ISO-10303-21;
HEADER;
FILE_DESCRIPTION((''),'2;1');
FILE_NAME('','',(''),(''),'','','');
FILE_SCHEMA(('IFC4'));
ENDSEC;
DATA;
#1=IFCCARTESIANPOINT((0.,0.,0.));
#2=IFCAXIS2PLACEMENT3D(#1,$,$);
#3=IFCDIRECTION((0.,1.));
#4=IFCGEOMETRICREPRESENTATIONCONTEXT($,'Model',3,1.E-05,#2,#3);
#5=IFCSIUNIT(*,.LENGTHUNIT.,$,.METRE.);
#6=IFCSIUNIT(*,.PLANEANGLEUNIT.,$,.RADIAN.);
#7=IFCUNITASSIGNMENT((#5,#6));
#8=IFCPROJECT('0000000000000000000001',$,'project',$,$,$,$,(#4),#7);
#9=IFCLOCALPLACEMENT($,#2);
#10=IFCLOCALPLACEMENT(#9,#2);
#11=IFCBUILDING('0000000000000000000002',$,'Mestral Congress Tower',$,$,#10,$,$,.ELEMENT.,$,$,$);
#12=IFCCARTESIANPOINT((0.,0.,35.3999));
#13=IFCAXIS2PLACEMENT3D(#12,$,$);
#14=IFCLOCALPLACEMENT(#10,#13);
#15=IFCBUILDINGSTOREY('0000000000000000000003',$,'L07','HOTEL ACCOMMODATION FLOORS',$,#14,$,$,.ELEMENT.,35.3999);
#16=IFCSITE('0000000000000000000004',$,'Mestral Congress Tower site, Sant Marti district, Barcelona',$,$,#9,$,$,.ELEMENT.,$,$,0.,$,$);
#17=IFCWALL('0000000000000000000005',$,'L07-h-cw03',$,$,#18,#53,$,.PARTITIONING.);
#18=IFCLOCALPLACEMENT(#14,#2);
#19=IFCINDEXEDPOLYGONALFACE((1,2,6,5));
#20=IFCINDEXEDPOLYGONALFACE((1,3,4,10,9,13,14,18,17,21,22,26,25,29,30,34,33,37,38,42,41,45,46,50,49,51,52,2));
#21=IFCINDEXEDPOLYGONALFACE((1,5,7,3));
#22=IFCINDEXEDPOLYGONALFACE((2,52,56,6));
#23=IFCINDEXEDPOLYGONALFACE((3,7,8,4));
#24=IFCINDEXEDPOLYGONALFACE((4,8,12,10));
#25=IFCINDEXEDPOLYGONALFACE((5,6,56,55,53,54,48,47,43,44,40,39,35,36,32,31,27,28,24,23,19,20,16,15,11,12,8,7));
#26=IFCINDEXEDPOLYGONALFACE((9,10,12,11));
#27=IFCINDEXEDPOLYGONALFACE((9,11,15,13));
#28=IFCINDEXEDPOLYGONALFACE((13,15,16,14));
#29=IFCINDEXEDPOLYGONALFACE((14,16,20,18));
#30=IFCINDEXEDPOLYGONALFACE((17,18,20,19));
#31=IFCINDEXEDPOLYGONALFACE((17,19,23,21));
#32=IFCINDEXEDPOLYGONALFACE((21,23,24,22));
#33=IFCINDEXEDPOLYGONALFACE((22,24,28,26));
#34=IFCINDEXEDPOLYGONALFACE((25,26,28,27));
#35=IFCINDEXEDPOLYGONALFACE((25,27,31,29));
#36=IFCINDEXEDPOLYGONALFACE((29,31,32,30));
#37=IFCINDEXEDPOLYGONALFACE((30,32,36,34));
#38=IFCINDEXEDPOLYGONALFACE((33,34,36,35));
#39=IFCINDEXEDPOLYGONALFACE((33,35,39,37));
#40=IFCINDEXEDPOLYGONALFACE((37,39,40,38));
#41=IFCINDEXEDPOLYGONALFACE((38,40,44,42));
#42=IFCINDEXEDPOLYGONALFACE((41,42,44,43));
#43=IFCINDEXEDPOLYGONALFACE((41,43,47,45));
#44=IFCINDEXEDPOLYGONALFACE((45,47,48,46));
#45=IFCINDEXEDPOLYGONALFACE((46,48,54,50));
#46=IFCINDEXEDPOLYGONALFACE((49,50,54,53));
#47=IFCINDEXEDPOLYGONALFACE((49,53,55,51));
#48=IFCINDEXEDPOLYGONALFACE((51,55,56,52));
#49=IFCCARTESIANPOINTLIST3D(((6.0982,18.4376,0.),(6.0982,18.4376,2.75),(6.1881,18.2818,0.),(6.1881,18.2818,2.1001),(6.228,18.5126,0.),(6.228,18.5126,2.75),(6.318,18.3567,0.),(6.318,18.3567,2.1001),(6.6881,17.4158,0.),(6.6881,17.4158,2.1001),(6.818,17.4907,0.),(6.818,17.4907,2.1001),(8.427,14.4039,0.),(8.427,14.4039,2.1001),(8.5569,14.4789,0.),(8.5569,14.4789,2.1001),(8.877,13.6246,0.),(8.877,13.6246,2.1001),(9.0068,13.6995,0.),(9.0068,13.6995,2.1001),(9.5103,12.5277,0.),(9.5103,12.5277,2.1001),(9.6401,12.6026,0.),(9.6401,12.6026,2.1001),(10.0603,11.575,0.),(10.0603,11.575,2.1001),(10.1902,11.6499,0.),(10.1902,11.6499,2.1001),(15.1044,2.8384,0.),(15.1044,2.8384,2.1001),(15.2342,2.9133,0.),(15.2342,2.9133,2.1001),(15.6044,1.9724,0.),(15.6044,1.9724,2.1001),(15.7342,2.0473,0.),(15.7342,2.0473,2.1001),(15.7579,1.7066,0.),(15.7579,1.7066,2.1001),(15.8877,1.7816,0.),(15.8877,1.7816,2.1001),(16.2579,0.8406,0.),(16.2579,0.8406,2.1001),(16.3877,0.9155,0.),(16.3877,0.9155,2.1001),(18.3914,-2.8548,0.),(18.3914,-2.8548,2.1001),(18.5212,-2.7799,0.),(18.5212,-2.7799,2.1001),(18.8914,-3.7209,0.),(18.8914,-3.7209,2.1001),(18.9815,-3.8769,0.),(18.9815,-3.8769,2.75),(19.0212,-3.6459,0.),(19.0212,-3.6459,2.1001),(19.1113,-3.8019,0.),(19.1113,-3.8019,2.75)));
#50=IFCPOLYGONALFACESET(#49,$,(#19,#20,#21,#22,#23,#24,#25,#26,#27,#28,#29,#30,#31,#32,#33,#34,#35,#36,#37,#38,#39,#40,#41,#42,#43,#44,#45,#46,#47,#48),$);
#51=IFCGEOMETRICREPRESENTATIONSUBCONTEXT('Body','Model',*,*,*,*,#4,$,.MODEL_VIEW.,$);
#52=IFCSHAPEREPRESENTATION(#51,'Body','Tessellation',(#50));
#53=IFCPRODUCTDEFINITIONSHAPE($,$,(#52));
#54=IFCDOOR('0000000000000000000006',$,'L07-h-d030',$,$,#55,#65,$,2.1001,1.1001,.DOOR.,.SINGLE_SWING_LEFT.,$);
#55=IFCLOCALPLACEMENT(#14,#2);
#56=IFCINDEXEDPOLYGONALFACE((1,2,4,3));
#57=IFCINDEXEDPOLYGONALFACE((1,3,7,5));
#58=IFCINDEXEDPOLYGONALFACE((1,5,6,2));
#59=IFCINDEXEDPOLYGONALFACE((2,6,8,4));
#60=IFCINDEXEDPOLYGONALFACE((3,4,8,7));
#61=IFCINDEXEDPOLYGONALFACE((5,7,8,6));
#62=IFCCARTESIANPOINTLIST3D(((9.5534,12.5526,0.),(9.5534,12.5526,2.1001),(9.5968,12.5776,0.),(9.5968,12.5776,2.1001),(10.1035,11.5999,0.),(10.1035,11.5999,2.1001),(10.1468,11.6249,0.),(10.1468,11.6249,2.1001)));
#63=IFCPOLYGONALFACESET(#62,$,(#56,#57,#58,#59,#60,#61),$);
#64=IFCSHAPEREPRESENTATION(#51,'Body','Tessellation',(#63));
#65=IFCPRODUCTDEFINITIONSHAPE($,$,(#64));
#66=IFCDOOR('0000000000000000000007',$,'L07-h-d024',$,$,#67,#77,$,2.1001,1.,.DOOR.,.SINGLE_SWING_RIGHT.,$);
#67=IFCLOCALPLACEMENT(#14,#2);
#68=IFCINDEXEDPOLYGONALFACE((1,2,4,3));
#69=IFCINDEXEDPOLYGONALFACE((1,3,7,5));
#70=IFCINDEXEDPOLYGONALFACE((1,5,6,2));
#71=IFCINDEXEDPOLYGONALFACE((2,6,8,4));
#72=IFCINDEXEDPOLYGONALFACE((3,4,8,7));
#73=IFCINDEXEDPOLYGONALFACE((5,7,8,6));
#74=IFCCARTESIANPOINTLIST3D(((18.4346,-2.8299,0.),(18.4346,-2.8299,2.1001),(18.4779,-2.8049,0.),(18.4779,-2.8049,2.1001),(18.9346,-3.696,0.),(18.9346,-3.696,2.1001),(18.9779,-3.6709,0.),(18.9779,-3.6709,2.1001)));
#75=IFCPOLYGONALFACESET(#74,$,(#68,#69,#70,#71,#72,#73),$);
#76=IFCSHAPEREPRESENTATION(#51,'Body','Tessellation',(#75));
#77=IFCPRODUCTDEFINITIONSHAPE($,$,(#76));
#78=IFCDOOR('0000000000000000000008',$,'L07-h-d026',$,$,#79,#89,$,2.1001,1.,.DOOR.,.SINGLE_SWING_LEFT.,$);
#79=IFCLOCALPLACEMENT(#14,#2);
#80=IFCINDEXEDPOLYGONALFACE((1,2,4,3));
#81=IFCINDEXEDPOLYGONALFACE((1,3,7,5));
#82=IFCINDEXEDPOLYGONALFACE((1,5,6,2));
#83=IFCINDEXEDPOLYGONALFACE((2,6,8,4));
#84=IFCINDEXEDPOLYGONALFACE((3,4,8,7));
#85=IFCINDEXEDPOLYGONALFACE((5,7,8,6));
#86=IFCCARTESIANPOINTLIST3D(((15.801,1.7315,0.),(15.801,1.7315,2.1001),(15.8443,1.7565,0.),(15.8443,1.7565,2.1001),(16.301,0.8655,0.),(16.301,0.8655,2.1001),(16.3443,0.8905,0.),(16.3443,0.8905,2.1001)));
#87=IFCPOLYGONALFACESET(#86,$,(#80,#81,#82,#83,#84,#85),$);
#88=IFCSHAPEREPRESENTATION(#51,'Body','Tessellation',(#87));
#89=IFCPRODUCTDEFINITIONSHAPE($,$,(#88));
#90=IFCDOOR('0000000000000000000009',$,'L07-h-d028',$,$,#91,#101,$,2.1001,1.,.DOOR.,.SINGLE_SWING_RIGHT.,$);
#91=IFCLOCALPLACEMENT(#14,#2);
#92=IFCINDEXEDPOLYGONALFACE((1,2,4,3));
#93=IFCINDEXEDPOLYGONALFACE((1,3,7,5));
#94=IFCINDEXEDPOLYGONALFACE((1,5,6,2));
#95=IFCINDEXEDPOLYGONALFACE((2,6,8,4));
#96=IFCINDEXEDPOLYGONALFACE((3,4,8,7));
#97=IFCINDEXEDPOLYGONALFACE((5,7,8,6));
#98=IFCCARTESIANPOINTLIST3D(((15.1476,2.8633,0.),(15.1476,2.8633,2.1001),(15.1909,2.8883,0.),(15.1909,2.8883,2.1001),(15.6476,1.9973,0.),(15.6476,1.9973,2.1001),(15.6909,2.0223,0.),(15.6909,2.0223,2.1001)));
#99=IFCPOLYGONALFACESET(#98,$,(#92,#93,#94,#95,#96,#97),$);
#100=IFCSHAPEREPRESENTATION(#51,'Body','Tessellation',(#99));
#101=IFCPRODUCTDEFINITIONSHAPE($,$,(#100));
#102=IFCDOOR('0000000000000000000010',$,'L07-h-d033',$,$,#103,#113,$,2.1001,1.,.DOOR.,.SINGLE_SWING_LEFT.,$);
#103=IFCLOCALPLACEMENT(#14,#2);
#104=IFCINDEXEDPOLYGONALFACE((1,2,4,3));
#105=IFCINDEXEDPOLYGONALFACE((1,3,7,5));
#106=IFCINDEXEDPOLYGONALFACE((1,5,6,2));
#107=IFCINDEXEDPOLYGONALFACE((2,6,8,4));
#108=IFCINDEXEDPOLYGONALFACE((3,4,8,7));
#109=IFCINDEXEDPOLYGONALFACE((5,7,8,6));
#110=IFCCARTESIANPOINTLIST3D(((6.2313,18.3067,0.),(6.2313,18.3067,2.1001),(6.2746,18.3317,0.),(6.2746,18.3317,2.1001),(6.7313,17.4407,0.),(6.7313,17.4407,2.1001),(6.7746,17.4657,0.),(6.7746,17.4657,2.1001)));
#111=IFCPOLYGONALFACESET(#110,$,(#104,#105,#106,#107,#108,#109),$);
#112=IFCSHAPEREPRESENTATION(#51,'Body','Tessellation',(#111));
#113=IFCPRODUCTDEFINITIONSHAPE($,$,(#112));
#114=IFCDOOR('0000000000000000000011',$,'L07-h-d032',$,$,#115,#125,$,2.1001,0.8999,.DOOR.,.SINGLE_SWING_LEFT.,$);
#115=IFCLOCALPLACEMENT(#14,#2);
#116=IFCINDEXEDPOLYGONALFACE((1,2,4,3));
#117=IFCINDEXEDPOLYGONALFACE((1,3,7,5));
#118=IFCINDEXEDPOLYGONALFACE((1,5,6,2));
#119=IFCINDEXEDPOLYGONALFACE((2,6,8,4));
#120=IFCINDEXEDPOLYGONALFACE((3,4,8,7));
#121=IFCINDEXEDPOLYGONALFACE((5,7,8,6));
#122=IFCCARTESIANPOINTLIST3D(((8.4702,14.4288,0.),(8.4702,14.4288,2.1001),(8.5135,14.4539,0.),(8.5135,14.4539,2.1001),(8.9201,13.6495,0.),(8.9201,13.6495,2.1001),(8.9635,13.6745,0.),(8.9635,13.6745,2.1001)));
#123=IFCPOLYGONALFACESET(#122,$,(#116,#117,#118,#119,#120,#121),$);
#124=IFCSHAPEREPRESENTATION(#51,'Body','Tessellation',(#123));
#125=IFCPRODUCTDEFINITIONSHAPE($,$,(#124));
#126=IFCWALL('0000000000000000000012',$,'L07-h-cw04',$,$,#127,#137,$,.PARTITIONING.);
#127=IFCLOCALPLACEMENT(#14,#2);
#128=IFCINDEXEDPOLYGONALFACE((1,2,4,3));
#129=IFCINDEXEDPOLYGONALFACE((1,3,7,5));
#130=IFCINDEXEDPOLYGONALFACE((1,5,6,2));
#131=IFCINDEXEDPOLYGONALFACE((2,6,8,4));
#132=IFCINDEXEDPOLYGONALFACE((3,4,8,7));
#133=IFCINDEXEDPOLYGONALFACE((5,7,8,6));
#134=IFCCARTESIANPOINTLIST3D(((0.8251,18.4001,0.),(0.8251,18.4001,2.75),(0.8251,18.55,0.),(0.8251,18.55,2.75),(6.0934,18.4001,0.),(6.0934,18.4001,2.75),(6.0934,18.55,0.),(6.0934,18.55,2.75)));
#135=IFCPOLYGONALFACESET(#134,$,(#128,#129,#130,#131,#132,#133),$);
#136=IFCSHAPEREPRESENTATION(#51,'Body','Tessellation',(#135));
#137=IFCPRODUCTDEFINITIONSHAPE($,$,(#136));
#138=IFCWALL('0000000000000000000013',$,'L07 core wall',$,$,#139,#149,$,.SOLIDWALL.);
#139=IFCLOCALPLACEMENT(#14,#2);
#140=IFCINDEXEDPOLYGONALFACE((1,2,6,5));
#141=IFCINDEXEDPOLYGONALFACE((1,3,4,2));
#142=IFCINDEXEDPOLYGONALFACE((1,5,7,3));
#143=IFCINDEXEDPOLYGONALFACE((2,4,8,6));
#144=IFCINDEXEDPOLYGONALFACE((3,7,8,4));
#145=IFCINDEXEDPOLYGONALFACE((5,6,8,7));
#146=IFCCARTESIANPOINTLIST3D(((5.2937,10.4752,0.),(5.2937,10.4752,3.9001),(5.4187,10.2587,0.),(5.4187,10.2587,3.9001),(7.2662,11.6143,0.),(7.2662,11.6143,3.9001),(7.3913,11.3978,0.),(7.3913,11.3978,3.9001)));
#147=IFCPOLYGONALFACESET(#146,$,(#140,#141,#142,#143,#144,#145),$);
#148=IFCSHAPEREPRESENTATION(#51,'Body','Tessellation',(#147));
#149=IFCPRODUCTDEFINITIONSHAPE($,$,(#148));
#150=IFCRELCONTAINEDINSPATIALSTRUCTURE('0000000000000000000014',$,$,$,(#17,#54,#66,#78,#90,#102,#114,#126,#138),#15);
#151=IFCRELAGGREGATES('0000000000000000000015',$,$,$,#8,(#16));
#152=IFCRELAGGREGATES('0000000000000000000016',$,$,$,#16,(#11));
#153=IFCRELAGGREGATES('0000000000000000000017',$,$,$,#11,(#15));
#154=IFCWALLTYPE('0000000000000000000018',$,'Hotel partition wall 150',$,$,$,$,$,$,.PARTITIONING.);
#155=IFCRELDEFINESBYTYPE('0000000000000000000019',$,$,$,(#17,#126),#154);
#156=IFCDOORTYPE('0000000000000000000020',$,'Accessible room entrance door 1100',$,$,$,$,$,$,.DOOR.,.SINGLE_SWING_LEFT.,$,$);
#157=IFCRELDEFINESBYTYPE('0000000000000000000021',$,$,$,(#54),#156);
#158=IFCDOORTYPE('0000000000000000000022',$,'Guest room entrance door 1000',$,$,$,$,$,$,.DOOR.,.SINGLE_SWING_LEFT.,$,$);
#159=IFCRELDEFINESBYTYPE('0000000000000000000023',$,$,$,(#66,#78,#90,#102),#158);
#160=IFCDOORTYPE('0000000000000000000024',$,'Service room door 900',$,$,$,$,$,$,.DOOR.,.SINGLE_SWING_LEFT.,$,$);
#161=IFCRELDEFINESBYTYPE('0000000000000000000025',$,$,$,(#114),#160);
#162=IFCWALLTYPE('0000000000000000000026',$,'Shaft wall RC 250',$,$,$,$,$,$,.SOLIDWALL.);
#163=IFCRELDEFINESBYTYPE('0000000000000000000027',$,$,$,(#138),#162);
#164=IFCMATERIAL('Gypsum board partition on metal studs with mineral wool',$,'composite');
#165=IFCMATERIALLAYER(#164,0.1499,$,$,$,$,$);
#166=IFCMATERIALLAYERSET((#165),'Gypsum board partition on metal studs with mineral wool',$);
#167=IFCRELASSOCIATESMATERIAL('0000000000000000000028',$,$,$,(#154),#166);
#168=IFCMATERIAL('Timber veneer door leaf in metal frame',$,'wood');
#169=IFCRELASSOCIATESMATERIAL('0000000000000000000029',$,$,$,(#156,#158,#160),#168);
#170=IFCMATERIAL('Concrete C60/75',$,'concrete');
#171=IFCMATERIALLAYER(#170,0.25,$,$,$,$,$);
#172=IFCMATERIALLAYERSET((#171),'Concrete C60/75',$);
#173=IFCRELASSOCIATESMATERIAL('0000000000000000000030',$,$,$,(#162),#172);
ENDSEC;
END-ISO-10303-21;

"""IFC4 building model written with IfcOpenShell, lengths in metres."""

from ifc_helpers import new_model, si_unit, direction, frame, frame_2d, origin, place, context, subcontext, project, spatial, rectangle, extrude, material, layer, layer_set, type_object, element, fill, save


model = new_model("IFC4")

# Units and contexts
model_context = context("Model", 3, precision=1e-05, world=origin(), true_north=direction((0.0, 1.0)))
body_context = subcontext(model_context, "Body", "Model", "MODEL_VIEW")
ifc_project = project(units=[si_unit("LENGTHUNIT", "METRE"), si_unit("PLANEANGLEUNIT", "RADIAN")], contexts=[model_context])

# Site, building, storey
site_placement = place(None, origin())
site = spatial("IfcSite", under=ifc_project, at=site_placement, Name="Mestral Congress Tower site, Sant Marti district, Barcelona", CompositionType="ELEMENT", RefElevation=0.0)
building_placement = place(site_placement, origin())
building = spatial("IfcBuilding", under=site, at=building_placement, Name="Mestral Congress Tower", CompositionType="ELEMENT")
storey_placement = place(building_placement, frame((0.0, 0.0, 35.3999)))
storey = spatial("IfcBuildingStorey", under=building, at=storey_placement, Name="L07", Description="HOTEL ACCOMMODATION FLOORS", CompositionType="ELEMENT", Elevation=35.3999)

# Shared definitions
ifc_material_1 = material(Name="Concrete C60/75", Category="concrete")

# Shared definitions
ifc_material_2 = material(Name="Gypsum board partition on metal studs with mineral wool", Category="composite")

# Wall, openings, doors
ifc_layer_1 = layer(ifc_material_2, 0.1499)
ifc_layer_set_1 = layer_set([ifc_layer_1], Name="Gypsum board partition on metal studs with mineral wool")
wall_type_1 = type_object("IfcWallType", Name="Hotel partition wall 150", PredefinedType="PARTITIONING", material=ifc_layer_set_1)
wall_1_placement = place(storey_placement, frame((6.1631, 18.4751, 0.0), z_axis=(0.0, 0.0, 1.0), x_axis=(0.500001, -0.866025, 0.0)))
wall_1 = element("IfcWall", 1, at=wall_1_placement, inside=storey, type_object=wall_type_1, Name="L07-h-cw03", PredefinedType="PARTITIONING", context=body_context, shape_type="SweptSolid", body=[
    extrude(rectangle(XDim=25.7666, YDim=0.1499, at=frame_2d((12.8833, 0.0))), origin(), (0.0, 0.0, 1.0), 2.75),
])
opening_1_placement = place(wall_1_placement, frame((24.5864, 0.0, 0.0)))
opening_1 = element("IfcOpeningElement", 2, at=opening_1_placement, cuts=wall_1, PredefinedType="OPENING", context=body_context, shape_type="SweptSolid", body=[
    extrude(rectangle(XDim=1.0, YDim=2.1001, at=frame_2d((0.5, 1.05))), frame((0.0, 0.085, 0.0), z_axis=(0.0, -1.0, 0.0), x_axis=(1.0, 0.0, 0.0)), (0.0, 0.0, 1.0), 0.1699),
])
opening_2_placement = place(wall_1_placement, frame((19.3193, 0.0, 0.0)))
opening_2 = element("IfcOpeningElement", 3, at=opening_2_placement, cuts=wall_1, PredefinedType="OPENING", context=body_context, shape_type="SweptSolid", body=[
    extrude(rectangle(XDim=1.0, YDim=2.1001, at=frame_2d((0.5, 1.05))), frame((0.0, 0.085, 0.0), z_axis=(0.0, -1.0, 0.0), x_axis=(1.0, 0.0, 0.0)), (0.0, 0.0, 1.0), 0.1699),
])
opening_3_placement = place(wall_1_placement, frame((18.0125, 0.0, 0.0)))
opening_3 = element("IfcOpeningElement", 4, at=opening_3_placement, cuts=wall_1, PredefinedType="OPENING", context=body_context, shape_type="SweptSolid", body=[
    extrude(rectangle(XDim=1.0, YDim=2.1001, at=frame_2d((0.5, 1.05))), frame((0.0, 0.085, 0.0), z_axis=(0.0, -1.0, 0.0), x_axis=(1.0, 0.0, 0.0)), (0.0, 0.0, 1.0), 0.1699),
])
opening_4_placement = place(wall_1_placement, frame((6.8242, 0.0, 0.0)))
opening_4 = element("IfcOpeningElement", 5, at=opening_4_placement, cuts=wall_1, PredefinedType="OPENING", context=body_context, shape_type="SweptSolid", body=[
    extrude(rectangle(XDim=1.1001, YDim=2.1001, at=frame_2d((0.55, 1.05))), frame((0.0, 0.085, 0.0), z_axis=(0.0, -1.0, 0.0), x_axis=(1.0, 0.0, 0.0)), (0.0, 0.0, 1.0), 0.1699),
])
opening_5_placement = place(wall_1_placement, frame((4.6577, 0.0, 0.0)))
opening_5 = element("IfcOpeningElement", 6, at=opening_5_placement, cuts=wall_1, PredefinedType="OPENING", context=body_context, shape_type="SweptSolid", body=[
    extrude(rectangle(XDim=0.8999, YDim=2.1001, at=frame_2d((0.45, 1.05))), frame((0.0, 0.085, 0.0), z_axis=(0.0, -1.0, 0.0), x_axis=(1.0, 0.0, 0.0)), (0.0, 0.0, 1.0), 0.1699),
])
opening_6_placement = place(wall_1_placement, frame((0.1799, 0.0, 0.0)))
opening_6 = element("IfcOpeningElement", 7, at=opening_6_placement, cuts=wall_1, PredefinedType="OPENING", context=body_context, shape_type="SweptSolid", body=[
    extrude(rectangle(XDim=1.0, YDim=2.1001, at=frame_2d((0.5, 1.05))), frame((0.0, 0.085, 0.0), z_axis=(0.0, -1.0, 0.0), x_axis=(1.0, 0.0, 0.0)), (0.0, 0.0, 1.0), 0.1699),
])
ifc_material_3 = material(Name="Timber veneer door leaf in metal frame", Category="wood")
door_type_1 = type_object("IfcDoorType", Name="Accessible room entrance door 1100", OperationType="SINGLE_SWING_LEFT", PredefinedType="DOOR", material=ifc_material_3)
door_1_placement = place(opening_4_placement, origin())
door_1 = element("IfcDoor", 8, at=door_1_placement, inside=storey, type_object=door_type_1, Name="L07-h-d030", OperationType="SINGLE_SWING_LEFT", OverallHeight=2.1001, OverallWidth=1.1001, PredefinedType="DOOR", context=body_context, shape_type="SweptSolid", body=[
    extrude(rectangle(XDim=1.1001, YDim=2.1001, at=frame_2d((0.55, 1.05))), frame((0.0, 0.0249, 0.0), z_axis=(0.0, -1.0, 0.0), x_axis=(1.0, 0.0, 0.0)), (0.0, 0.0, 1.0), 0.05),
])
fill(opening_4, door_1)
door_type_2 = type_object("IfcDoorType", Name="Guest room entrance door 1000", OperationType="SINGLE_SWING_LEFT", PredefinedType="DOOR", material=ifc_material_3)
door_2_placement = place(opening_1_placement, origin())
door_2 = element("IfcDoor", 9, at=door_2_placement, inside=storey, type_object=door_type_2, Name="L07-h-d024", OperationType="SINGLE_SWING_RIGHT", OverallHeight=2.1001, OverallWidth=1.0, PredefinedType="DOOR", context=body_context, shape_type="SweptSolid", body=[
    extrude(rectangle(XDim=1.0, YDim=2.1001, at=frame_2d((0.5, 1.05))), frame((0.0, 0.0249, 0.0), z_axis=(0.0, -1.0, 0.0), x_axis=(1.0, 0.0, 0.0)), (0.0, 0.0, 1.0), 0.05),
])
fill(opening_1, door_2)
door_3_placement = place(opening_2_placement, origin())
door_3 = element("IfcDoor", 10, at=door_3_placement, inside=storey, type_object=door_type_2, Name="L07-h-d026", OperationType="SINGLE_SWING_LEFT", OverallHeight=2.1001, OverallWidth=1.0, PredefinedType="DOOR", context=body_context, shape_type="SweptSolid", body=[
    extrude(rectangle(XDim=1.0, YDim=2.1001, at=frame_2d((0.5, 1.05))), frame((0.0, 0.0249, 0.0), z_axis=(0.0, -1.0, 0.0), x_axis=(1.0, 0.0, 0.0)), (0.0, 0.0, 1.0), 0.05),
])
fill(opening_2, door_3)
door_4_placement = place(opening_3_placement, origin())
door_4 = element("IfcDoor", 11, at=door_4_placement, inside=storey, type_object=door_type_2, Name="L07-h-d028", OperationType="SINGLE_SWING_RIGHT", OverallHeight=2.1001, OverallWidth=1.0, PredefinedType="DOOR", context=body_context, shape_type="SweptSolid", body=[
    extrude(rectangle(XDim=1.0, YDim=2.1001, at=frame_2d((0.5, 1.05))), frame((0.0, 0.0249, 0.0), z_axis=(0.0, -1.0, 0.0), x_axis=(1.0, 0.0, 0.0)), (0.0, 0.0, 1.0), 0.05),
])
fill(opening_3, door_4)
door_5_placement = place(opening_6_placement, origin())
door_5 = element("IfcDoor", 12, at=door_5_placement, inside=storey, type_object=door_type_2, Name="L07-h-d033", OperationType="SINGLE_SWING_LEFT", OverallHeight=2.1001, OverallWidth=1.0, PredefinedType="DOOR", context=body_context, shape_type="SweptSolid", body=[
    extrude(rectangle(XDim=1.0, YDim=2.1001, at=frame_2d((0.5, 1.05))), frame((0.0, 0.0249, 0.0), z_axis=(0.0, -1.0, 0.0), x_axis=(1.0, 0.0, 0.0)), (0.0, 0.0, 1.0), 0.05),
])
fill(opening_6, door_5)
door_type_3 = type_object("IfcDoorType", Name="Service room door 900", OperationType="SINGLE_SWING_LEFT", PredefinedType="DOOR", material=ifc_material_3)
door_6_placement = place(opening_5_placement, origin())
door_6 = element("IfcDoor", 13, at=door_6_placement, inside=storey, type_object=door_type_3, Name="L07-h-d032", OperationType="SINGLE_SWING_LEFT", OverallHeight=2.1001, OverallWidth=0.8999, PredefinedType="DOOR", context=body_context, shape_type="SweptSolid", body=[
    extrude(rectangle(XDim=0.8999, YDim=2.1001, at=frame_2d((0.45, 1.05))), frame((0.0, 0.0249, 0.0), z_axis=(0.0, -1.0, 0.0), x_axis=(1.0, 0.0, 0.0)), (0.0, 0.0, 1.0), 0.05),
])
fill(opening_5, door_6)

# Walls
wall_2_placement = place(storey_placement, frame((0.825, 18.4751, 0.0), z_axis=(0.0, 0.0, 1.0), x_axis=(1.0, 0.0, 0.0)))
element("IfcWall", 14, at=wall_2_placement, inside=storey, type_object=wall_type_1, Name="L07-h-cw04", PredefinedType="PARTITIONING", context=body_context, shape_type="SweptSolid", body=[
    extrude(rectangle(XDim=5.2683, YDim=0.1499, at=frame_2d((2.6343, 0.0))), origin(), (0.0, 0.0, 1.0), 2.75),
])
ifc_layer_2 = layer(ifc_material_1, 0.25)
ifc_layer_set_2 = layer_set([ifc_layer_2], Name="Concrete C60/75")
wall_type_2 = type_object("IfcWallType", Name="Shaft wall RC 250", PredefinedType="SOLIDWALL", material=ifc_layer_set_2)
wall_3_placement = place(storey_placement, frame((5.3562, 10.3669, 0.0), z_axis=(0.0, 0.0, 1.0), x_axis=(0.865979, 0.500081, 0.0)))
element("IfcWall", 15, at=wall_3_placement, inside=storey, type_object=wall_type_2, Name="L07 core wall", PredefinedType="SOLIDWALL", context=body_context, shape_type="SweptSolid", body=[
    extrude(rectangle(XDim=2.2778, YDim=0.25, at=frame_2d((1.1389, 0.0))), origin(), (0.0, 0.0, 1.0), 3.9001),
])

save(model, "model.ifc")
